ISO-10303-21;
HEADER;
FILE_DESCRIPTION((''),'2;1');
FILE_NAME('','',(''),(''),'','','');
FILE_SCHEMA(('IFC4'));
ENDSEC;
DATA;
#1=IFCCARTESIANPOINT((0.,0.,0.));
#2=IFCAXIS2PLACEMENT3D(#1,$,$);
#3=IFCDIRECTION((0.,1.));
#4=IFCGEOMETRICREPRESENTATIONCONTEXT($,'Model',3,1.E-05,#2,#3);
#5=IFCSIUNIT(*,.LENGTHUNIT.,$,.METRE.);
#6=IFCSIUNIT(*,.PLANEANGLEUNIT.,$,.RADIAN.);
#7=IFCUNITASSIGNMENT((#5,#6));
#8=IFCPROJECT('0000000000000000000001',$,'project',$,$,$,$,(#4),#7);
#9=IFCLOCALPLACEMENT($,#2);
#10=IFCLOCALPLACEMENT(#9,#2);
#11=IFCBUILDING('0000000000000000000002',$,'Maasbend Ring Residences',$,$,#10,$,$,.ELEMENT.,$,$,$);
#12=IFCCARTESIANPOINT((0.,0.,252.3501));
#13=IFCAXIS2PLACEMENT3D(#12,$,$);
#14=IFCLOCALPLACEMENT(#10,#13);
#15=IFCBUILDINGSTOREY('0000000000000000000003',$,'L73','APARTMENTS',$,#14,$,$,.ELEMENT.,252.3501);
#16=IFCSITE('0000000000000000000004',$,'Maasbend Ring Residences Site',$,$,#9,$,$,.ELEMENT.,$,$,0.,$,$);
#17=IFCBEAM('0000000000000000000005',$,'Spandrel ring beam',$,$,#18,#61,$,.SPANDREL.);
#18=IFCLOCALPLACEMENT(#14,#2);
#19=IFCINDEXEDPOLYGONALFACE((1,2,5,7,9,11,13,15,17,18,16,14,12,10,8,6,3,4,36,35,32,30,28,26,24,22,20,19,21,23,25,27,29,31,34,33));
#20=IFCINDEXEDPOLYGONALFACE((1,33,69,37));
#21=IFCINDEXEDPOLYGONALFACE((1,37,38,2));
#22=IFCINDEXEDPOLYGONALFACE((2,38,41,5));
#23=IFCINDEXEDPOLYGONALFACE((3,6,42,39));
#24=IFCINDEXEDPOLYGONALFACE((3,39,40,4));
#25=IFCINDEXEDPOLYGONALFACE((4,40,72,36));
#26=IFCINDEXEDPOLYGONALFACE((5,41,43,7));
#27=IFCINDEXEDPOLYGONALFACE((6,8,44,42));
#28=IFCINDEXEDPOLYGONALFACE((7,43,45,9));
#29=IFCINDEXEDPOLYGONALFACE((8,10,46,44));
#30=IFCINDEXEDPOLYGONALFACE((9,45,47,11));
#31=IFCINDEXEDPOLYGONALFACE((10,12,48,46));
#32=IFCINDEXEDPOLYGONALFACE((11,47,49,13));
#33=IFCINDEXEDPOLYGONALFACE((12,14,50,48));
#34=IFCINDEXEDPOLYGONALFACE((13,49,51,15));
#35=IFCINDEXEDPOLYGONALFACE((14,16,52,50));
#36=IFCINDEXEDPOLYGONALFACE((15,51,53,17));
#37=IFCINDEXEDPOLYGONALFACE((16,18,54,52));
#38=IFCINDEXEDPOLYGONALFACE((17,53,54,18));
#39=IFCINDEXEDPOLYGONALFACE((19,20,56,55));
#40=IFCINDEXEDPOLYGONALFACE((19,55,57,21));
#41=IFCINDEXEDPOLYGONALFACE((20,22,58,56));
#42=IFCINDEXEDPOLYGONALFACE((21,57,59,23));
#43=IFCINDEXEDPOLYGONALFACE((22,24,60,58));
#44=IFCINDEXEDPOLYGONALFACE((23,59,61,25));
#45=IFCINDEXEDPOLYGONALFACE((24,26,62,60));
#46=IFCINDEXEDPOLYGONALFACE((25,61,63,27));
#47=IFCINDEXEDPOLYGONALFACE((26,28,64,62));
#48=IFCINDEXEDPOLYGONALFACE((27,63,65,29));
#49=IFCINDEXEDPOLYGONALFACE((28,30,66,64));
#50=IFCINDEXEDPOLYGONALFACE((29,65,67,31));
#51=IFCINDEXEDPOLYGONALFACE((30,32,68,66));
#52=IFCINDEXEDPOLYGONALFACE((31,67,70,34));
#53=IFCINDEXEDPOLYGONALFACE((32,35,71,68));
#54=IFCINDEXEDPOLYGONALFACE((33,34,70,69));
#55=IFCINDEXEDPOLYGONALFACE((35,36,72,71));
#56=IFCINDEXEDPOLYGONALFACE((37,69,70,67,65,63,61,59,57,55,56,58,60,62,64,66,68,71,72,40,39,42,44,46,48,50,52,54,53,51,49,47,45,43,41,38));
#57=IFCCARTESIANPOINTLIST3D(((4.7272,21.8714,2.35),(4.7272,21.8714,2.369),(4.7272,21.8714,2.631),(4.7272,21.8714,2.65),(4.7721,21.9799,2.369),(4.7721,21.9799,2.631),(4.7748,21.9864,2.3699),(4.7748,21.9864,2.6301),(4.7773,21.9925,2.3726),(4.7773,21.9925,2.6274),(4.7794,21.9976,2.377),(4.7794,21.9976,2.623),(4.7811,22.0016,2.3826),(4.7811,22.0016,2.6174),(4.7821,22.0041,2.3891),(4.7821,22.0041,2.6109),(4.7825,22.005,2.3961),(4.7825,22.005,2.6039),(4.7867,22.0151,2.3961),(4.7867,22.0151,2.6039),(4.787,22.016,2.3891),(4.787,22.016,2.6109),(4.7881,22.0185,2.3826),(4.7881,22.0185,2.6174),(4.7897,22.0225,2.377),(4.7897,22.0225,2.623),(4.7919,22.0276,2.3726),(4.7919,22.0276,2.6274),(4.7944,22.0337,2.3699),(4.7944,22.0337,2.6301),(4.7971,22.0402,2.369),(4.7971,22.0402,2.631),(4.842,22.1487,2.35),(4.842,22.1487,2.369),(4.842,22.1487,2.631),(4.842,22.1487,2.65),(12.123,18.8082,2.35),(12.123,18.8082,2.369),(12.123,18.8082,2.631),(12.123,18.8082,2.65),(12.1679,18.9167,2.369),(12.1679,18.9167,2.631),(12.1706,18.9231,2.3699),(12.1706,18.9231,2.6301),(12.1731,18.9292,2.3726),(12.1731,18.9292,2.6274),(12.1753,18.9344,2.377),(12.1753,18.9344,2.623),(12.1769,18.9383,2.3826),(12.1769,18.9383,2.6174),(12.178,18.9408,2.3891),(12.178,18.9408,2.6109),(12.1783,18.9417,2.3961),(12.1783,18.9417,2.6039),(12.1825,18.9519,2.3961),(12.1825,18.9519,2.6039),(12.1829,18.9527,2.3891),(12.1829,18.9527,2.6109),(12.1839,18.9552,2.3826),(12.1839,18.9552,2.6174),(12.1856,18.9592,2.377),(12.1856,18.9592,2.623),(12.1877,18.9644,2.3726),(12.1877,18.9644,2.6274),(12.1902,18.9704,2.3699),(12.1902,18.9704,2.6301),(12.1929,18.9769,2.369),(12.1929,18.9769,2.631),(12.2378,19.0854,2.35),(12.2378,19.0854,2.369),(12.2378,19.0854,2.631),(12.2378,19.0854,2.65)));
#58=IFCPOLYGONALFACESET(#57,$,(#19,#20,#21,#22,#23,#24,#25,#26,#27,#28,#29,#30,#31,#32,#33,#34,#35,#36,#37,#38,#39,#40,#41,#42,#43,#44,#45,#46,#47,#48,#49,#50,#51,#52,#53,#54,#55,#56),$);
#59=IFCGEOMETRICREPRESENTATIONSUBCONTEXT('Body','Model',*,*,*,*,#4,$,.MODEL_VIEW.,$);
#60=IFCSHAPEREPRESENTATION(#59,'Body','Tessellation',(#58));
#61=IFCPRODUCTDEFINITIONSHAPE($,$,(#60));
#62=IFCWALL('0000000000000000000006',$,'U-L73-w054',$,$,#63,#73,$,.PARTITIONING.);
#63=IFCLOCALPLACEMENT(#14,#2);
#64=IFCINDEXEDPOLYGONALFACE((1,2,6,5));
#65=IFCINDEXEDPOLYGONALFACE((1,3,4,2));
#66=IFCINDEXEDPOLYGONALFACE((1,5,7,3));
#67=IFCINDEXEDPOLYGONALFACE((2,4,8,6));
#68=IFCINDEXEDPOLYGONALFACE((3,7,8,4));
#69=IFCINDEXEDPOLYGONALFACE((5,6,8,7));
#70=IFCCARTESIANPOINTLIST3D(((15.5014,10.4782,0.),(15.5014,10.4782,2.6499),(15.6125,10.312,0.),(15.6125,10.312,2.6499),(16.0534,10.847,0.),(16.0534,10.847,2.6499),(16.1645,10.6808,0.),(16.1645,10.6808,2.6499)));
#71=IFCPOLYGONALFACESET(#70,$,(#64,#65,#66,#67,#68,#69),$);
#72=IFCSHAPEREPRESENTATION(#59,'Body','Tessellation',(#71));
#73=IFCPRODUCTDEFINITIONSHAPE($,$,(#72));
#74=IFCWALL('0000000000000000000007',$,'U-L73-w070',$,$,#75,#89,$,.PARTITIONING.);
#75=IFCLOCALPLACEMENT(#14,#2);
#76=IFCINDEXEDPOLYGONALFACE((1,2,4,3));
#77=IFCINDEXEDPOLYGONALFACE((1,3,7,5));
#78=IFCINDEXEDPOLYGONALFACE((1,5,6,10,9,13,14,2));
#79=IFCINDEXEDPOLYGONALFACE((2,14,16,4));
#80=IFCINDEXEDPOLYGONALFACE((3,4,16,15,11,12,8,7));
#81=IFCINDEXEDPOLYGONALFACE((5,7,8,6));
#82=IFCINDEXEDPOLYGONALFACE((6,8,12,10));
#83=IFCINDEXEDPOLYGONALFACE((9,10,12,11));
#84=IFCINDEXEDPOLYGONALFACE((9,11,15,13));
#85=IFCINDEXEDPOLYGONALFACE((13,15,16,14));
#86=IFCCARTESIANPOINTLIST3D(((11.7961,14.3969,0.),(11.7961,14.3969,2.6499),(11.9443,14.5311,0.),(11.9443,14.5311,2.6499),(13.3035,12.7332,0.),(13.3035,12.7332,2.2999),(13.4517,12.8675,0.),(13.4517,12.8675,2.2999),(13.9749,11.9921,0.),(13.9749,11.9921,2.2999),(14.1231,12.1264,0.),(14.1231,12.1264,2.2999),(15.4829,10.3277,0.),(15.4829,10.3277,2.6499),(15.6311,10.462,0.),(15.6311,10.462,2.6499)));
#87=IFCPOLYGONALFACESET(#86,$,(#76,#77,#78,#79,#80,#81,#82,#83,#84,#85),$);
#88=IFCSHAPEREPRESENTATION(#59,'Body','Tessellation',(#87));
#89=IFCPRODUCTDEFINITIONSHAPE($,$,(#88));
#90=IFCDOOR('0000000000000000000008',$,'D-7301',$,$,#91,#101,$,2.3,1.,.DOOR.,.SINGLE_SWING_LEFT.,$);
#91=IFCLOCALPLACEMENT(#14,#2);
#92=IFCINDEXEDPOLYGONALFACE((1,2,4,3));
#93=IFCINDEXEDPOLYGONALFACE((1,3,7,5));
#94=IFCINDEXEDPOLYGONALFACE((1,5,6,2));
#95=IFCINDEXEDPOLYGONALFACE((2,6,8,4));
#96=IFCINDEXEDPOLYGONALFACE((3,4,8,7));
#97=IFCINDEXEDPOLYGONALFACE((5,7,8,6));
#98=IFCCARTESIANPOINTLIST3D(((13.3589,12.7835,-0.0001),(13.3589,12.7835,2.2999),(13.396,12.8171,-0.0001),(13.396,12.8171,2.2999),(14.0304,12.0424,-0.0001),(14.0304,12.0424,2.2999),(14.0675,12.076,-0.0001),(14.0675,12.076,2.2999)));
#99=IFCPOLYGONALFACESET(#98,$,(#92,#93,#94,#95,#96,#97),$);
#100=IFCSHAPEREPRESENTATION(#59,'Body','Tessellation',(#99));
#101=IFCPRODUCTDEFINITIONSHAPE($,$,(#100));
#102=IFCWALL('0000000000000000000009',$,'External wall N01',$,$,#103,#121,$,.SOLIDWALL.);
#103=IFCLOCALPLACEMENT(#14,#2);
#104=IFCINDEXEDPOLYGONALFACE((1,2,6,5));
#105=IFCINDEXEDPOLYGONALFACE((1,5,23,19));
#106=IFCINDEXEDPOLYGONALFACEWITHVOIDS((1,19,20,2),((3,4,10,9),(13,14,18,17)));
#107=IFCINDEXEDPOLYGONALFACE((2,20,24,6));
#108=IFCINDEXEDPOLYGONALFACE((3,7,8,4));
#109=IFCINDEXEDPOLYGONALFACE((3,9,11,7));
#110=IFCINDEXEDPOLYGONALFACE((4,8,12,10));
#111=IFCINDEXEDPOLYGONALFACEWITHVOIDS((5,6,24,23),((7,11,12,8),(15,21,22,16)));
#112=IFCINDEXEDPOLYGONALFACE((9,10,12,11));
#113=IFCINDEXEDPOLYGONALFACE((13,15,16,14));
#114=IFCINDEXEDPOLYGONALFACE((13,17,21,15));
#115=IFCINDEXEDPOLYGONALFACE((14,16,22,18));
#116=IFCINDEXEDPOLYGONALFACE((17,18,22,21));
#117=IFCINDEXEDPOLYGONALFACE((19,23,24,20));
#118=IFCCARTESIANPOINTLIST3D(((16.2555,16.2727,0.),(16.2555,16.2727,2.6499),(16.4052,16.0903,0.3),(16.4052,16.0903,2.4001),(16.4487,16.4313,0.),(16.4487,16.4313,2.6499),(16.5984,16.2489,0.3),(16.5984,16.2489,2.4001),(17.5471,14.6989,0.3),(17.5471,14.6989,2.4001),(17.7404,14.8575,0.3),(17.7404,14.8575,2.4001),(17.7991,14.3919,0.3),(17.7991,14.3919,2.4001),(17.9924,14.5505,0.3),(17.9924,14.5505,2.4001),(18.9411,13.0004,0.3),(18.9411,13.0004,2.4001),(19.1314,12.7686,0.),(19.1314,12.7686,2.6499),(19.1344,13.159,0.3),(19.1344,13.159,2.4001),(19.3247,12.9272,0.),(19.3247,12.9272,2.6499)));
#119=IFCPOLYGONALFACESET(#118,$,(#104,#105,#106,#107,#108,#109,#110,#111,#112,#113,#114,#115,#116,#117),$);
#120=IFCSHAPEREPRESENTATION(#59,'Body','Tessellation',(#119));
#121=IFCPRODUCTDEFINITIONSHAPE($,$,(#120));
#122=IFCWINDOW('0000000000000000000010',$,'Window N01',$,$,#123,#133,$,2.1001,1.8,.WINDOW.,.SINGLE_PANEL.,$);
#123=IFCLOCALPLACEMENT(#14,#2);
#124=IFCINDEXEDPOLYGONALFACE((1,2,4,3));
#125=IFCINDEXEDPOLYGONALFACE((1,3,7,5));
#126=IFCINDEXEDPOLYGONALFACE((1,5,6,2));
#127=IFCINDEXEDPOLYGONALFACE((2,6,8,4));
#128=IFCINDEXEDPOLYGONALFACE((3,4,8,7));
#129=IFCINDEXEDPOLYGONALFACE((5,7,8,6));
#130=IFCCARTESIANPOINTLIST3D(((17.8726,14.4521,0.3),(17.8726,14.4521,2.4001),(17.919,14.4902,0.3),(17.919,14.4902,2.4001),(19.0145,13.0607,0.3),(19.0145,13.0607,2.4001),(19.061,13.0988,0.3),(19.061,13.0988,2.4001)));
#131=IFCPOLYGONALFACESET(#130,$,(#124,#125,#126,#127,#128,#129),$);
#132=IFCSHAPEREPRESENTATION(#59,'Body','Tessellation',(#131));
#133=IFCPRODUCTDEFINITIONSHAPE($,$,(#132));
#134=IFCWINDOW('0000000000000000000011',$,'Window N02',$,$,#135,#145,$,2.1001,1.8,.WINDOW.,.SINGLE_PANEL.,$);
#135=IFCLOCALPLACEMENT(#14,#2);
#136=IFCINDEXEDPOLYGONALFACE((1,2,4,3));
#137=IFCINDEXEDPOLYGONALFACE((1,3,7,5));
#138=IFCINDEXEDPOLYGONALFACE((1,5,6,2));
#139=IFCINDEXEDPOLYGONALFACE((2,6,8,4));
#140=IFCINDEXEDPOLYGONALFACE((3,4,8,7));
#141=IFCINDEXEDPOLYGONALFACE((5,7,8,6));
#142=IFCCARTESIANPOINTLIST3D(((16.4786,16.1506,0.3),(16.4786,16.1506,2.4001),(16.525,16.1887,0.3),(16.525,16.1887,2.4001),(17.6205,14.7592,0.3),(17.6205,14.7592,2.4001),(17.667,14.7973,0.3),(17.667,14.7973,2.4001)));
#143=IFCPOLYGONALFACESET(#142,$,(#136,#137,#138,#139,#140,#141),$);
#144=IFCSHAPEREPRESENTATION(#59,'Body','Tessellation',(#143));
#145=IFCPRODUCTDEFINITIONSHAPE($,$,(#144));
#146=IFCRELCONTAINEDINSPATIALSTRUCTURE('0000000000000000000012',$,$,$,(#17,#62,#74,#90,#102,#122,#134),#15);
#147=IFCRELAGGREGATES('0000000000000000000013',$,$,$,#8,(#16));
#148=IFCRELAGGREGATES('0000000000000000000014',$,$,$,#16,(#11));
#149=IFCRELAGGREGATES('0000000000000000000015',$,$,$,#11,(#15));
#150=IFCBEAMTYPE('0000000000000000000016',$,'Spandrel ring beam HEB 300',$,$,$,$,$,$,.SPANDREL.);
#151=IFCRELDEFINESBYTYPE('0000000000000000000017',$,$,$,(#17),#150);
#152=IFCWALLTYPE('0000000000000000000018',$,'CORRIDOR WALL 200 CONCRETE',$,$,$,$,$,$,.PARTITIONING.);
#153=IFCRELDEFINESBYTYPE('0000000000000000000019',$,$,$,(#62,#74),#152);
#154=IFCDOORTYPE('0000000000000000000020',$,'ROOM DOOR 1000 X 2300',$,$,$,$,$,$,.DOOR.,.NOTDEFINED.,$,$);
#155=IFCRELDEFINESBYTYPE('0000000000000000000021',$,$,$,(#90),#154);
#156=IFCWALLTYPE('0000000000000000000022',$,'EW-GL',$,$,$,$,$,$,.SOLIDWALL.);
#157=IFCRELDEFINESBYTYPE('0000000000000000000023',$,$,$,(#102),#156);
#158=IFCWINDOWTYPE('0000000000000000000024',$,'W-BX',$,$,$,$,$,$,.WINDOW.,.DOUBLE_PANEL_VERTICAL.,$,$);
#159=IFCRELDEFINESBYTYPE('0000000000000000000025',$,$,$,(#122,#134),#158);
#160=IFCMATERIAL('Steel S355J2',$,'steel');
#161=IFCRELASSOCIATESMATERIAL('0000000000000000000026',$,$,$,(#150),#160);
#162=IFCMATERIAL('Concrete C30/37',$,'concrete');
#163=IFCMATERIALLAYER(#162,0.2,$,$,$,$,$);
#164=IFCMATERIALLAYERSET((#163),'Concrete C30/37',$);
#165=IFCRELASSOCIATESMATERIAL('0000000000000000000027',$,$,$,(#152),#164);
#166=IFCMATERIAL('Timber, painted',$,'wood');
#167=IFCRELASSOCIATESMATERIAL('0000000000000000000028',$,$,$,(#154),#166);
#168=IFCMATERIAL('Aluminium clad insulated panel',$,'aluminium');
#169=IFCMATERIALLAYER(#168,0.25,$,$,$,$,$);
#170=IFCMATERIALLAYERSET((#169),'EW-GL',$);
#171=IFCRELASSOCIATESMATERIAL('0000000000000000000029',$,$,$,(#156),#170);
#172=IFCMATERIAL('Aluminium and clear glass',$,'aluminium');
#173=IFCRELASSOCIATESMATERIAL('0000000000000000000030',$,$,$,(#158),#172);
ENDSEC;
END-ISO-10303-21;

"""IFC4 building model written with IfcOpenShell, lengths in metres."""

from ifc_helpers import new_model, si_unit, direction, frame, frame_2d, origin, origin_2d, place, context, subcontext, project, spatial, rectangle, i_section, extrude, material, layer, layer_set, material_profile, profile_set, type_object, element, fill, save


model = new_model("IFC4")

# Units and contexts
model_context = context("Model", 3, precision=1e-05, world=origin(), true_north=direction((0.0, 1.0)))
body_context = subcontext(model_context, "Body", "Model", "MODEL_VIEW")
ifc_project = project(units=[si_unit("LENGTHUNIT", "METRE"), si_unit("PLANEANGLEUNIT", "RADIAN")], contexts=[model_context])

# Site, building, storey
site_placement = place(None, origin())
site = spatial("IfcSite", under=ifc_project, at=site_placement, Name="Maasbend Ring Residences Site", CompositionType="ELEMENT", RefElevation=0.0)
building_placement = place(site_placement, origin())
building = spatial("IfcBuilding", under=site, at=building_placement, Name="Maasbend Ring Residences", CompositionType="ELEMENT")
storey_placement = place(building_placement, frame((0.0, 0.0, 252.3501)))
storey = spatial("IfcBuildingStorey", under=building, at=storey_placement, Name="L73", Description="APARTMENTS", CompositionType="ELEMENT", Elevation=252.3501)

# Beam
ifc_material_1 = material(Name="Steel S355J2", Category="steel")
ifc_material_profile_1 = material_profile(ifc_material_1, i_section(OverallWidth=0.3, OverallDepth=0.3, WebThickness=0.011, FlangeThickness=0.019, FilletRadius=0.0271, at=origin_2d()), Name="HEB 300")
ifc_profile_set_1 = profile_set([ifc_material_profile_1], Name="Steel S355J2")
beam_type_1 = type_object("IfcBeamType", Name="Spandrel ring beam HEB 300", PredefinedType="SPANDREL", material=ifc_profile_set_1)
beam_1_placement = place(storey_placement, frame((12.1804, 18.9468, 2.5), z_axis=(-0.923888, 0.382663, 0.0), x_axis=(-0.382663, -0.923888, 0.0)))
element("IfcBeam", 1, at=beam_1_placement, inside=storey, type_object=beam_type_1, Name="Spandrel ring beam", PredefinedType="SPANDREL", context=body_context, shape_type="SweptSolid", body=[
    extrude(i_section(OverallWidth=0.3, OverallDepth=0.3, WebThickness=0.011, FlangeThickness=0.019, FilletRadius=0.0271, at=origin_2d()), origin(), (0.0, 0.0, 1.0), 8.0051),
])

# Wall
ifc_material_2 = material(Name="Concrete C30/37", Category="concrete")
ifc_layer_1 = layer(ifc_material_2, 0.2)
ifc_layer_set_1 = layer_set([ifc_layer_1], Name="Concrete C30/37")
wall_type_1 = type_object("IfcWallType", Name="CORRIDOR WALL 200 CONCRETE", PredefinedType="PARTITIONING", material=ifc_layer_set_1)
wall_1_placement = place(storey_placement, frame((15.5569, 10.395, 0.0), z_axis=(0.0, 0.0, 1.0), x_axis=(0.831427, 0.555633, 0.0)))
element("IfcWall", 2, at=wall_1_placement, inside=storey, type_object=wall_type_1, Name="U-L73-w054", PredefinedType="PARTITIONING", context=body_context, shape_type="SweptSolid", body=[
    extrude(rectangle(XDim=0.6638, YDim=0.2, at=frame_2d((0.332, 0.0))), origin(), (0.0, 0.0, 1.0), 2.6499),
])

# Wall, opening, door
wall_2_placement = place(storey_placement, frame((11.8701, 14.4641, 0.0), z_axis=(0.0, 0.0, 1.0), x_axis=(0.671435, -0.741064, 0.0)))
wall_2 = element("IfcWall", 3, at=wall_2_placement, inside=storey, type_object=wall_type_1, Name="U-L73-w070", PredefinedType="PARTITIONING", context=body_context, shape_type="SweptSolid", body=[
    extrude(rectangle(XDim=5.491, YDim=0.2, at=frame_2d((2.7456, 0.0))), origin(), (0.0, 0.0, 1.0), 2.6499),
])
opening_1_placement = place(wall_2_placement, frame((2.2451, 0.0, 0.0)))
opening_1 = element("IfcOpeningElement", 4, at=opening_1_placement, cuts=wall_2, PredefinedType="OPENING", context=body_context, shape_type="SweptSolid", body=[
    extrude(rectangle(XDim=1.0, YDim=2.3, at=frame_2d((0.5, 1.1499))), frame((0.0, 0.1099, 0.0), z_axis=(0.0, -1.0, 0.0), x_axis=(1.0, 0.0, 0.0)), (0.0, 0.0, 1.0), 0.22),
])
ifc_material_3 = material(Name="Timber, painted", Category="wood")
door_type = type_object("IfcDoorType", Name="ROOM DOOR 1000 X 2300", OperationType="NOTDEFINED", PredefinedType="DOOR", material=ifc_material_3)
door_placement = place(opening_1_placement, origin())
door = element("IfcDoor", 5, at=door_placement, inside=storey, type_object=door_type, Name="D-7301", OperationType="SINGLE_SWING_LEFT", OverallHeight=2.3, OverallWidth=1.0, PredefinedType="DOOR", context=body_context, shape_type="SweptSolid", body=[
    extrude(rectangle(XDim=1.0, YDim=2.3, at=frame_2d((0.5, 1.1499))), frame((0.0, 0.0249, 0.0), z_axis=(0.0, -1.0, 0.0), x_axis=(1.0, 0.0, 0.0)), (0.0, 0.0, 1.0), 0.05),
])
fill(opening_1, door)

# Wall, openings, windows
ifc_material_4 = material(Name="Aluminium clad insulated panel", Category="aluminium")
ifc_layer_2 = layer(ifc_material_4, 0.25)
ifc_layer_set_2 = layer_set([ifc_layer_2], Name="EW-GL")
wall_type_2 = type_object("IfcWallType", Name="EW-GL", PredefinedType="SOLIDWALL", material=ifc_layer_set_2)
wall_3_placement = place(storey_placement, frame((19.228, 12.8479, 0.0), z_axis=(0.0, 0.0, 1.0), x_axis=(-0.634419, 0.772989, 0.0)))
wall_3 = element("IfcWall", 6, at=wall_3_placement, inside=storey, type_object=wall_type_2, Name="External wall N01", PredefinedType="SOLIDWALL", context=body_context, shape_type="SweptSolid", body=[
    extrude(rectangle(XDim=4.5332, YDim=0.25, at=frame_2d((2.2666, 0.0))), origin(), (0.0, 0.0, 1.0), 2.6499),
])
opening_2_placement = place(wall_3_placement, frame((0.3, 0.0, 0.3)))
opening_2 = element("IfcOpeningElement", 7, at=opening_2_placement, cuts=wall_3, PredefinedType="OPENING", context=body_context, shape_type="SweptSolid", body=[
    extrude(rectangle(XDim=1.8, YDim=2.1001, at=frame_2d((0.8999, 1.05))), frame((0.0, 0.135, 0.0), z_axis=(0.0, -1.0, 0.0), x_axis=(1.0, 0.0, 0.0)), (0.0, 0.0, 1.0), 0.27),
])
opening_3_placement = place(wall_3_placement, frame((2.4973, 0.0, 0.3)))
opening_3 = element("IfcOpeningElement", 8, at=opening_3_placement, cuts=wall_3, PredefinedType="OPENING", context=body_context, shape_type="SweptSolid", body=[
    extrude(rectangle(XDim=1.8, YDim=2.1001, at=frame_2d((0.8999, 1.05))), frame((0.0, 0.135, 0.0), z_axis=(0.0, -1.0, 0.0), x_axis=(1.0, 0.0, 0.0)), (0.0, 0.0, 1.0), 0.27),
])
ifc_material_5 = material(Name="Aluminium and clear glass", Category="aluminium")
window_type_1 = type_object("IfcWindowType", Name="W-BX", PartitioningType="DOUBLE_PANEL_VERTICAL", PredefinedType="WINDOW", material=ifc_material_5)
window_1_placement = place(opening_2_placement, origin())
window_1 = element("IfcWindow", 9, at=window_1_placement, inside=storey, type_object=window_type_1, Name="Window N01", OverallHeight=2.1001, OverallWidth=1.8, PartitioningType="SINGLE_PANEL", PredefinedType="WINDOW", context=body_context, shape_type="SweptSolid", body=[
    extrude(rectangle(XDim=1.8, YDim=2.1001, at=frame_2d((0.8999, 1.05))), frame((0.0, 0.03, 0.0), z_axis=(0.0, -1.0, 0.0), x_axis=(1.0, 0.0, 0.0)), (0.0, 0.0, 1.0), 0.0601),
])
fill(opening_2, window_1)
window_2_placement = place(opening_3_placement, origin())
window_2 = element("IfcWindow", 10, at=window_2_placement, inside=storey, type_object=window_type_1, Name="Window N02", OverallHeight=2.1001, OverallWidth=1.8, PartitioningType="SINGLE_PANEL", PredefinedType="WINDOW", context=body_context, shape_type="SweptSolid", body=[
    extrude(rectangle(XDim=1.8, YDim=2.1001, at=frame_2d((0.8999, 1.05))), frame((0.0, 0.03, 0.0), z_axis=(0.0, -1.0, 0.0), x_axis=(1.0, 0.0, 0.0)), (0.0, 0.0, 1.0), 0.0601),
])
fill(opening_3, window_2)

save(model, "model.ifc")
